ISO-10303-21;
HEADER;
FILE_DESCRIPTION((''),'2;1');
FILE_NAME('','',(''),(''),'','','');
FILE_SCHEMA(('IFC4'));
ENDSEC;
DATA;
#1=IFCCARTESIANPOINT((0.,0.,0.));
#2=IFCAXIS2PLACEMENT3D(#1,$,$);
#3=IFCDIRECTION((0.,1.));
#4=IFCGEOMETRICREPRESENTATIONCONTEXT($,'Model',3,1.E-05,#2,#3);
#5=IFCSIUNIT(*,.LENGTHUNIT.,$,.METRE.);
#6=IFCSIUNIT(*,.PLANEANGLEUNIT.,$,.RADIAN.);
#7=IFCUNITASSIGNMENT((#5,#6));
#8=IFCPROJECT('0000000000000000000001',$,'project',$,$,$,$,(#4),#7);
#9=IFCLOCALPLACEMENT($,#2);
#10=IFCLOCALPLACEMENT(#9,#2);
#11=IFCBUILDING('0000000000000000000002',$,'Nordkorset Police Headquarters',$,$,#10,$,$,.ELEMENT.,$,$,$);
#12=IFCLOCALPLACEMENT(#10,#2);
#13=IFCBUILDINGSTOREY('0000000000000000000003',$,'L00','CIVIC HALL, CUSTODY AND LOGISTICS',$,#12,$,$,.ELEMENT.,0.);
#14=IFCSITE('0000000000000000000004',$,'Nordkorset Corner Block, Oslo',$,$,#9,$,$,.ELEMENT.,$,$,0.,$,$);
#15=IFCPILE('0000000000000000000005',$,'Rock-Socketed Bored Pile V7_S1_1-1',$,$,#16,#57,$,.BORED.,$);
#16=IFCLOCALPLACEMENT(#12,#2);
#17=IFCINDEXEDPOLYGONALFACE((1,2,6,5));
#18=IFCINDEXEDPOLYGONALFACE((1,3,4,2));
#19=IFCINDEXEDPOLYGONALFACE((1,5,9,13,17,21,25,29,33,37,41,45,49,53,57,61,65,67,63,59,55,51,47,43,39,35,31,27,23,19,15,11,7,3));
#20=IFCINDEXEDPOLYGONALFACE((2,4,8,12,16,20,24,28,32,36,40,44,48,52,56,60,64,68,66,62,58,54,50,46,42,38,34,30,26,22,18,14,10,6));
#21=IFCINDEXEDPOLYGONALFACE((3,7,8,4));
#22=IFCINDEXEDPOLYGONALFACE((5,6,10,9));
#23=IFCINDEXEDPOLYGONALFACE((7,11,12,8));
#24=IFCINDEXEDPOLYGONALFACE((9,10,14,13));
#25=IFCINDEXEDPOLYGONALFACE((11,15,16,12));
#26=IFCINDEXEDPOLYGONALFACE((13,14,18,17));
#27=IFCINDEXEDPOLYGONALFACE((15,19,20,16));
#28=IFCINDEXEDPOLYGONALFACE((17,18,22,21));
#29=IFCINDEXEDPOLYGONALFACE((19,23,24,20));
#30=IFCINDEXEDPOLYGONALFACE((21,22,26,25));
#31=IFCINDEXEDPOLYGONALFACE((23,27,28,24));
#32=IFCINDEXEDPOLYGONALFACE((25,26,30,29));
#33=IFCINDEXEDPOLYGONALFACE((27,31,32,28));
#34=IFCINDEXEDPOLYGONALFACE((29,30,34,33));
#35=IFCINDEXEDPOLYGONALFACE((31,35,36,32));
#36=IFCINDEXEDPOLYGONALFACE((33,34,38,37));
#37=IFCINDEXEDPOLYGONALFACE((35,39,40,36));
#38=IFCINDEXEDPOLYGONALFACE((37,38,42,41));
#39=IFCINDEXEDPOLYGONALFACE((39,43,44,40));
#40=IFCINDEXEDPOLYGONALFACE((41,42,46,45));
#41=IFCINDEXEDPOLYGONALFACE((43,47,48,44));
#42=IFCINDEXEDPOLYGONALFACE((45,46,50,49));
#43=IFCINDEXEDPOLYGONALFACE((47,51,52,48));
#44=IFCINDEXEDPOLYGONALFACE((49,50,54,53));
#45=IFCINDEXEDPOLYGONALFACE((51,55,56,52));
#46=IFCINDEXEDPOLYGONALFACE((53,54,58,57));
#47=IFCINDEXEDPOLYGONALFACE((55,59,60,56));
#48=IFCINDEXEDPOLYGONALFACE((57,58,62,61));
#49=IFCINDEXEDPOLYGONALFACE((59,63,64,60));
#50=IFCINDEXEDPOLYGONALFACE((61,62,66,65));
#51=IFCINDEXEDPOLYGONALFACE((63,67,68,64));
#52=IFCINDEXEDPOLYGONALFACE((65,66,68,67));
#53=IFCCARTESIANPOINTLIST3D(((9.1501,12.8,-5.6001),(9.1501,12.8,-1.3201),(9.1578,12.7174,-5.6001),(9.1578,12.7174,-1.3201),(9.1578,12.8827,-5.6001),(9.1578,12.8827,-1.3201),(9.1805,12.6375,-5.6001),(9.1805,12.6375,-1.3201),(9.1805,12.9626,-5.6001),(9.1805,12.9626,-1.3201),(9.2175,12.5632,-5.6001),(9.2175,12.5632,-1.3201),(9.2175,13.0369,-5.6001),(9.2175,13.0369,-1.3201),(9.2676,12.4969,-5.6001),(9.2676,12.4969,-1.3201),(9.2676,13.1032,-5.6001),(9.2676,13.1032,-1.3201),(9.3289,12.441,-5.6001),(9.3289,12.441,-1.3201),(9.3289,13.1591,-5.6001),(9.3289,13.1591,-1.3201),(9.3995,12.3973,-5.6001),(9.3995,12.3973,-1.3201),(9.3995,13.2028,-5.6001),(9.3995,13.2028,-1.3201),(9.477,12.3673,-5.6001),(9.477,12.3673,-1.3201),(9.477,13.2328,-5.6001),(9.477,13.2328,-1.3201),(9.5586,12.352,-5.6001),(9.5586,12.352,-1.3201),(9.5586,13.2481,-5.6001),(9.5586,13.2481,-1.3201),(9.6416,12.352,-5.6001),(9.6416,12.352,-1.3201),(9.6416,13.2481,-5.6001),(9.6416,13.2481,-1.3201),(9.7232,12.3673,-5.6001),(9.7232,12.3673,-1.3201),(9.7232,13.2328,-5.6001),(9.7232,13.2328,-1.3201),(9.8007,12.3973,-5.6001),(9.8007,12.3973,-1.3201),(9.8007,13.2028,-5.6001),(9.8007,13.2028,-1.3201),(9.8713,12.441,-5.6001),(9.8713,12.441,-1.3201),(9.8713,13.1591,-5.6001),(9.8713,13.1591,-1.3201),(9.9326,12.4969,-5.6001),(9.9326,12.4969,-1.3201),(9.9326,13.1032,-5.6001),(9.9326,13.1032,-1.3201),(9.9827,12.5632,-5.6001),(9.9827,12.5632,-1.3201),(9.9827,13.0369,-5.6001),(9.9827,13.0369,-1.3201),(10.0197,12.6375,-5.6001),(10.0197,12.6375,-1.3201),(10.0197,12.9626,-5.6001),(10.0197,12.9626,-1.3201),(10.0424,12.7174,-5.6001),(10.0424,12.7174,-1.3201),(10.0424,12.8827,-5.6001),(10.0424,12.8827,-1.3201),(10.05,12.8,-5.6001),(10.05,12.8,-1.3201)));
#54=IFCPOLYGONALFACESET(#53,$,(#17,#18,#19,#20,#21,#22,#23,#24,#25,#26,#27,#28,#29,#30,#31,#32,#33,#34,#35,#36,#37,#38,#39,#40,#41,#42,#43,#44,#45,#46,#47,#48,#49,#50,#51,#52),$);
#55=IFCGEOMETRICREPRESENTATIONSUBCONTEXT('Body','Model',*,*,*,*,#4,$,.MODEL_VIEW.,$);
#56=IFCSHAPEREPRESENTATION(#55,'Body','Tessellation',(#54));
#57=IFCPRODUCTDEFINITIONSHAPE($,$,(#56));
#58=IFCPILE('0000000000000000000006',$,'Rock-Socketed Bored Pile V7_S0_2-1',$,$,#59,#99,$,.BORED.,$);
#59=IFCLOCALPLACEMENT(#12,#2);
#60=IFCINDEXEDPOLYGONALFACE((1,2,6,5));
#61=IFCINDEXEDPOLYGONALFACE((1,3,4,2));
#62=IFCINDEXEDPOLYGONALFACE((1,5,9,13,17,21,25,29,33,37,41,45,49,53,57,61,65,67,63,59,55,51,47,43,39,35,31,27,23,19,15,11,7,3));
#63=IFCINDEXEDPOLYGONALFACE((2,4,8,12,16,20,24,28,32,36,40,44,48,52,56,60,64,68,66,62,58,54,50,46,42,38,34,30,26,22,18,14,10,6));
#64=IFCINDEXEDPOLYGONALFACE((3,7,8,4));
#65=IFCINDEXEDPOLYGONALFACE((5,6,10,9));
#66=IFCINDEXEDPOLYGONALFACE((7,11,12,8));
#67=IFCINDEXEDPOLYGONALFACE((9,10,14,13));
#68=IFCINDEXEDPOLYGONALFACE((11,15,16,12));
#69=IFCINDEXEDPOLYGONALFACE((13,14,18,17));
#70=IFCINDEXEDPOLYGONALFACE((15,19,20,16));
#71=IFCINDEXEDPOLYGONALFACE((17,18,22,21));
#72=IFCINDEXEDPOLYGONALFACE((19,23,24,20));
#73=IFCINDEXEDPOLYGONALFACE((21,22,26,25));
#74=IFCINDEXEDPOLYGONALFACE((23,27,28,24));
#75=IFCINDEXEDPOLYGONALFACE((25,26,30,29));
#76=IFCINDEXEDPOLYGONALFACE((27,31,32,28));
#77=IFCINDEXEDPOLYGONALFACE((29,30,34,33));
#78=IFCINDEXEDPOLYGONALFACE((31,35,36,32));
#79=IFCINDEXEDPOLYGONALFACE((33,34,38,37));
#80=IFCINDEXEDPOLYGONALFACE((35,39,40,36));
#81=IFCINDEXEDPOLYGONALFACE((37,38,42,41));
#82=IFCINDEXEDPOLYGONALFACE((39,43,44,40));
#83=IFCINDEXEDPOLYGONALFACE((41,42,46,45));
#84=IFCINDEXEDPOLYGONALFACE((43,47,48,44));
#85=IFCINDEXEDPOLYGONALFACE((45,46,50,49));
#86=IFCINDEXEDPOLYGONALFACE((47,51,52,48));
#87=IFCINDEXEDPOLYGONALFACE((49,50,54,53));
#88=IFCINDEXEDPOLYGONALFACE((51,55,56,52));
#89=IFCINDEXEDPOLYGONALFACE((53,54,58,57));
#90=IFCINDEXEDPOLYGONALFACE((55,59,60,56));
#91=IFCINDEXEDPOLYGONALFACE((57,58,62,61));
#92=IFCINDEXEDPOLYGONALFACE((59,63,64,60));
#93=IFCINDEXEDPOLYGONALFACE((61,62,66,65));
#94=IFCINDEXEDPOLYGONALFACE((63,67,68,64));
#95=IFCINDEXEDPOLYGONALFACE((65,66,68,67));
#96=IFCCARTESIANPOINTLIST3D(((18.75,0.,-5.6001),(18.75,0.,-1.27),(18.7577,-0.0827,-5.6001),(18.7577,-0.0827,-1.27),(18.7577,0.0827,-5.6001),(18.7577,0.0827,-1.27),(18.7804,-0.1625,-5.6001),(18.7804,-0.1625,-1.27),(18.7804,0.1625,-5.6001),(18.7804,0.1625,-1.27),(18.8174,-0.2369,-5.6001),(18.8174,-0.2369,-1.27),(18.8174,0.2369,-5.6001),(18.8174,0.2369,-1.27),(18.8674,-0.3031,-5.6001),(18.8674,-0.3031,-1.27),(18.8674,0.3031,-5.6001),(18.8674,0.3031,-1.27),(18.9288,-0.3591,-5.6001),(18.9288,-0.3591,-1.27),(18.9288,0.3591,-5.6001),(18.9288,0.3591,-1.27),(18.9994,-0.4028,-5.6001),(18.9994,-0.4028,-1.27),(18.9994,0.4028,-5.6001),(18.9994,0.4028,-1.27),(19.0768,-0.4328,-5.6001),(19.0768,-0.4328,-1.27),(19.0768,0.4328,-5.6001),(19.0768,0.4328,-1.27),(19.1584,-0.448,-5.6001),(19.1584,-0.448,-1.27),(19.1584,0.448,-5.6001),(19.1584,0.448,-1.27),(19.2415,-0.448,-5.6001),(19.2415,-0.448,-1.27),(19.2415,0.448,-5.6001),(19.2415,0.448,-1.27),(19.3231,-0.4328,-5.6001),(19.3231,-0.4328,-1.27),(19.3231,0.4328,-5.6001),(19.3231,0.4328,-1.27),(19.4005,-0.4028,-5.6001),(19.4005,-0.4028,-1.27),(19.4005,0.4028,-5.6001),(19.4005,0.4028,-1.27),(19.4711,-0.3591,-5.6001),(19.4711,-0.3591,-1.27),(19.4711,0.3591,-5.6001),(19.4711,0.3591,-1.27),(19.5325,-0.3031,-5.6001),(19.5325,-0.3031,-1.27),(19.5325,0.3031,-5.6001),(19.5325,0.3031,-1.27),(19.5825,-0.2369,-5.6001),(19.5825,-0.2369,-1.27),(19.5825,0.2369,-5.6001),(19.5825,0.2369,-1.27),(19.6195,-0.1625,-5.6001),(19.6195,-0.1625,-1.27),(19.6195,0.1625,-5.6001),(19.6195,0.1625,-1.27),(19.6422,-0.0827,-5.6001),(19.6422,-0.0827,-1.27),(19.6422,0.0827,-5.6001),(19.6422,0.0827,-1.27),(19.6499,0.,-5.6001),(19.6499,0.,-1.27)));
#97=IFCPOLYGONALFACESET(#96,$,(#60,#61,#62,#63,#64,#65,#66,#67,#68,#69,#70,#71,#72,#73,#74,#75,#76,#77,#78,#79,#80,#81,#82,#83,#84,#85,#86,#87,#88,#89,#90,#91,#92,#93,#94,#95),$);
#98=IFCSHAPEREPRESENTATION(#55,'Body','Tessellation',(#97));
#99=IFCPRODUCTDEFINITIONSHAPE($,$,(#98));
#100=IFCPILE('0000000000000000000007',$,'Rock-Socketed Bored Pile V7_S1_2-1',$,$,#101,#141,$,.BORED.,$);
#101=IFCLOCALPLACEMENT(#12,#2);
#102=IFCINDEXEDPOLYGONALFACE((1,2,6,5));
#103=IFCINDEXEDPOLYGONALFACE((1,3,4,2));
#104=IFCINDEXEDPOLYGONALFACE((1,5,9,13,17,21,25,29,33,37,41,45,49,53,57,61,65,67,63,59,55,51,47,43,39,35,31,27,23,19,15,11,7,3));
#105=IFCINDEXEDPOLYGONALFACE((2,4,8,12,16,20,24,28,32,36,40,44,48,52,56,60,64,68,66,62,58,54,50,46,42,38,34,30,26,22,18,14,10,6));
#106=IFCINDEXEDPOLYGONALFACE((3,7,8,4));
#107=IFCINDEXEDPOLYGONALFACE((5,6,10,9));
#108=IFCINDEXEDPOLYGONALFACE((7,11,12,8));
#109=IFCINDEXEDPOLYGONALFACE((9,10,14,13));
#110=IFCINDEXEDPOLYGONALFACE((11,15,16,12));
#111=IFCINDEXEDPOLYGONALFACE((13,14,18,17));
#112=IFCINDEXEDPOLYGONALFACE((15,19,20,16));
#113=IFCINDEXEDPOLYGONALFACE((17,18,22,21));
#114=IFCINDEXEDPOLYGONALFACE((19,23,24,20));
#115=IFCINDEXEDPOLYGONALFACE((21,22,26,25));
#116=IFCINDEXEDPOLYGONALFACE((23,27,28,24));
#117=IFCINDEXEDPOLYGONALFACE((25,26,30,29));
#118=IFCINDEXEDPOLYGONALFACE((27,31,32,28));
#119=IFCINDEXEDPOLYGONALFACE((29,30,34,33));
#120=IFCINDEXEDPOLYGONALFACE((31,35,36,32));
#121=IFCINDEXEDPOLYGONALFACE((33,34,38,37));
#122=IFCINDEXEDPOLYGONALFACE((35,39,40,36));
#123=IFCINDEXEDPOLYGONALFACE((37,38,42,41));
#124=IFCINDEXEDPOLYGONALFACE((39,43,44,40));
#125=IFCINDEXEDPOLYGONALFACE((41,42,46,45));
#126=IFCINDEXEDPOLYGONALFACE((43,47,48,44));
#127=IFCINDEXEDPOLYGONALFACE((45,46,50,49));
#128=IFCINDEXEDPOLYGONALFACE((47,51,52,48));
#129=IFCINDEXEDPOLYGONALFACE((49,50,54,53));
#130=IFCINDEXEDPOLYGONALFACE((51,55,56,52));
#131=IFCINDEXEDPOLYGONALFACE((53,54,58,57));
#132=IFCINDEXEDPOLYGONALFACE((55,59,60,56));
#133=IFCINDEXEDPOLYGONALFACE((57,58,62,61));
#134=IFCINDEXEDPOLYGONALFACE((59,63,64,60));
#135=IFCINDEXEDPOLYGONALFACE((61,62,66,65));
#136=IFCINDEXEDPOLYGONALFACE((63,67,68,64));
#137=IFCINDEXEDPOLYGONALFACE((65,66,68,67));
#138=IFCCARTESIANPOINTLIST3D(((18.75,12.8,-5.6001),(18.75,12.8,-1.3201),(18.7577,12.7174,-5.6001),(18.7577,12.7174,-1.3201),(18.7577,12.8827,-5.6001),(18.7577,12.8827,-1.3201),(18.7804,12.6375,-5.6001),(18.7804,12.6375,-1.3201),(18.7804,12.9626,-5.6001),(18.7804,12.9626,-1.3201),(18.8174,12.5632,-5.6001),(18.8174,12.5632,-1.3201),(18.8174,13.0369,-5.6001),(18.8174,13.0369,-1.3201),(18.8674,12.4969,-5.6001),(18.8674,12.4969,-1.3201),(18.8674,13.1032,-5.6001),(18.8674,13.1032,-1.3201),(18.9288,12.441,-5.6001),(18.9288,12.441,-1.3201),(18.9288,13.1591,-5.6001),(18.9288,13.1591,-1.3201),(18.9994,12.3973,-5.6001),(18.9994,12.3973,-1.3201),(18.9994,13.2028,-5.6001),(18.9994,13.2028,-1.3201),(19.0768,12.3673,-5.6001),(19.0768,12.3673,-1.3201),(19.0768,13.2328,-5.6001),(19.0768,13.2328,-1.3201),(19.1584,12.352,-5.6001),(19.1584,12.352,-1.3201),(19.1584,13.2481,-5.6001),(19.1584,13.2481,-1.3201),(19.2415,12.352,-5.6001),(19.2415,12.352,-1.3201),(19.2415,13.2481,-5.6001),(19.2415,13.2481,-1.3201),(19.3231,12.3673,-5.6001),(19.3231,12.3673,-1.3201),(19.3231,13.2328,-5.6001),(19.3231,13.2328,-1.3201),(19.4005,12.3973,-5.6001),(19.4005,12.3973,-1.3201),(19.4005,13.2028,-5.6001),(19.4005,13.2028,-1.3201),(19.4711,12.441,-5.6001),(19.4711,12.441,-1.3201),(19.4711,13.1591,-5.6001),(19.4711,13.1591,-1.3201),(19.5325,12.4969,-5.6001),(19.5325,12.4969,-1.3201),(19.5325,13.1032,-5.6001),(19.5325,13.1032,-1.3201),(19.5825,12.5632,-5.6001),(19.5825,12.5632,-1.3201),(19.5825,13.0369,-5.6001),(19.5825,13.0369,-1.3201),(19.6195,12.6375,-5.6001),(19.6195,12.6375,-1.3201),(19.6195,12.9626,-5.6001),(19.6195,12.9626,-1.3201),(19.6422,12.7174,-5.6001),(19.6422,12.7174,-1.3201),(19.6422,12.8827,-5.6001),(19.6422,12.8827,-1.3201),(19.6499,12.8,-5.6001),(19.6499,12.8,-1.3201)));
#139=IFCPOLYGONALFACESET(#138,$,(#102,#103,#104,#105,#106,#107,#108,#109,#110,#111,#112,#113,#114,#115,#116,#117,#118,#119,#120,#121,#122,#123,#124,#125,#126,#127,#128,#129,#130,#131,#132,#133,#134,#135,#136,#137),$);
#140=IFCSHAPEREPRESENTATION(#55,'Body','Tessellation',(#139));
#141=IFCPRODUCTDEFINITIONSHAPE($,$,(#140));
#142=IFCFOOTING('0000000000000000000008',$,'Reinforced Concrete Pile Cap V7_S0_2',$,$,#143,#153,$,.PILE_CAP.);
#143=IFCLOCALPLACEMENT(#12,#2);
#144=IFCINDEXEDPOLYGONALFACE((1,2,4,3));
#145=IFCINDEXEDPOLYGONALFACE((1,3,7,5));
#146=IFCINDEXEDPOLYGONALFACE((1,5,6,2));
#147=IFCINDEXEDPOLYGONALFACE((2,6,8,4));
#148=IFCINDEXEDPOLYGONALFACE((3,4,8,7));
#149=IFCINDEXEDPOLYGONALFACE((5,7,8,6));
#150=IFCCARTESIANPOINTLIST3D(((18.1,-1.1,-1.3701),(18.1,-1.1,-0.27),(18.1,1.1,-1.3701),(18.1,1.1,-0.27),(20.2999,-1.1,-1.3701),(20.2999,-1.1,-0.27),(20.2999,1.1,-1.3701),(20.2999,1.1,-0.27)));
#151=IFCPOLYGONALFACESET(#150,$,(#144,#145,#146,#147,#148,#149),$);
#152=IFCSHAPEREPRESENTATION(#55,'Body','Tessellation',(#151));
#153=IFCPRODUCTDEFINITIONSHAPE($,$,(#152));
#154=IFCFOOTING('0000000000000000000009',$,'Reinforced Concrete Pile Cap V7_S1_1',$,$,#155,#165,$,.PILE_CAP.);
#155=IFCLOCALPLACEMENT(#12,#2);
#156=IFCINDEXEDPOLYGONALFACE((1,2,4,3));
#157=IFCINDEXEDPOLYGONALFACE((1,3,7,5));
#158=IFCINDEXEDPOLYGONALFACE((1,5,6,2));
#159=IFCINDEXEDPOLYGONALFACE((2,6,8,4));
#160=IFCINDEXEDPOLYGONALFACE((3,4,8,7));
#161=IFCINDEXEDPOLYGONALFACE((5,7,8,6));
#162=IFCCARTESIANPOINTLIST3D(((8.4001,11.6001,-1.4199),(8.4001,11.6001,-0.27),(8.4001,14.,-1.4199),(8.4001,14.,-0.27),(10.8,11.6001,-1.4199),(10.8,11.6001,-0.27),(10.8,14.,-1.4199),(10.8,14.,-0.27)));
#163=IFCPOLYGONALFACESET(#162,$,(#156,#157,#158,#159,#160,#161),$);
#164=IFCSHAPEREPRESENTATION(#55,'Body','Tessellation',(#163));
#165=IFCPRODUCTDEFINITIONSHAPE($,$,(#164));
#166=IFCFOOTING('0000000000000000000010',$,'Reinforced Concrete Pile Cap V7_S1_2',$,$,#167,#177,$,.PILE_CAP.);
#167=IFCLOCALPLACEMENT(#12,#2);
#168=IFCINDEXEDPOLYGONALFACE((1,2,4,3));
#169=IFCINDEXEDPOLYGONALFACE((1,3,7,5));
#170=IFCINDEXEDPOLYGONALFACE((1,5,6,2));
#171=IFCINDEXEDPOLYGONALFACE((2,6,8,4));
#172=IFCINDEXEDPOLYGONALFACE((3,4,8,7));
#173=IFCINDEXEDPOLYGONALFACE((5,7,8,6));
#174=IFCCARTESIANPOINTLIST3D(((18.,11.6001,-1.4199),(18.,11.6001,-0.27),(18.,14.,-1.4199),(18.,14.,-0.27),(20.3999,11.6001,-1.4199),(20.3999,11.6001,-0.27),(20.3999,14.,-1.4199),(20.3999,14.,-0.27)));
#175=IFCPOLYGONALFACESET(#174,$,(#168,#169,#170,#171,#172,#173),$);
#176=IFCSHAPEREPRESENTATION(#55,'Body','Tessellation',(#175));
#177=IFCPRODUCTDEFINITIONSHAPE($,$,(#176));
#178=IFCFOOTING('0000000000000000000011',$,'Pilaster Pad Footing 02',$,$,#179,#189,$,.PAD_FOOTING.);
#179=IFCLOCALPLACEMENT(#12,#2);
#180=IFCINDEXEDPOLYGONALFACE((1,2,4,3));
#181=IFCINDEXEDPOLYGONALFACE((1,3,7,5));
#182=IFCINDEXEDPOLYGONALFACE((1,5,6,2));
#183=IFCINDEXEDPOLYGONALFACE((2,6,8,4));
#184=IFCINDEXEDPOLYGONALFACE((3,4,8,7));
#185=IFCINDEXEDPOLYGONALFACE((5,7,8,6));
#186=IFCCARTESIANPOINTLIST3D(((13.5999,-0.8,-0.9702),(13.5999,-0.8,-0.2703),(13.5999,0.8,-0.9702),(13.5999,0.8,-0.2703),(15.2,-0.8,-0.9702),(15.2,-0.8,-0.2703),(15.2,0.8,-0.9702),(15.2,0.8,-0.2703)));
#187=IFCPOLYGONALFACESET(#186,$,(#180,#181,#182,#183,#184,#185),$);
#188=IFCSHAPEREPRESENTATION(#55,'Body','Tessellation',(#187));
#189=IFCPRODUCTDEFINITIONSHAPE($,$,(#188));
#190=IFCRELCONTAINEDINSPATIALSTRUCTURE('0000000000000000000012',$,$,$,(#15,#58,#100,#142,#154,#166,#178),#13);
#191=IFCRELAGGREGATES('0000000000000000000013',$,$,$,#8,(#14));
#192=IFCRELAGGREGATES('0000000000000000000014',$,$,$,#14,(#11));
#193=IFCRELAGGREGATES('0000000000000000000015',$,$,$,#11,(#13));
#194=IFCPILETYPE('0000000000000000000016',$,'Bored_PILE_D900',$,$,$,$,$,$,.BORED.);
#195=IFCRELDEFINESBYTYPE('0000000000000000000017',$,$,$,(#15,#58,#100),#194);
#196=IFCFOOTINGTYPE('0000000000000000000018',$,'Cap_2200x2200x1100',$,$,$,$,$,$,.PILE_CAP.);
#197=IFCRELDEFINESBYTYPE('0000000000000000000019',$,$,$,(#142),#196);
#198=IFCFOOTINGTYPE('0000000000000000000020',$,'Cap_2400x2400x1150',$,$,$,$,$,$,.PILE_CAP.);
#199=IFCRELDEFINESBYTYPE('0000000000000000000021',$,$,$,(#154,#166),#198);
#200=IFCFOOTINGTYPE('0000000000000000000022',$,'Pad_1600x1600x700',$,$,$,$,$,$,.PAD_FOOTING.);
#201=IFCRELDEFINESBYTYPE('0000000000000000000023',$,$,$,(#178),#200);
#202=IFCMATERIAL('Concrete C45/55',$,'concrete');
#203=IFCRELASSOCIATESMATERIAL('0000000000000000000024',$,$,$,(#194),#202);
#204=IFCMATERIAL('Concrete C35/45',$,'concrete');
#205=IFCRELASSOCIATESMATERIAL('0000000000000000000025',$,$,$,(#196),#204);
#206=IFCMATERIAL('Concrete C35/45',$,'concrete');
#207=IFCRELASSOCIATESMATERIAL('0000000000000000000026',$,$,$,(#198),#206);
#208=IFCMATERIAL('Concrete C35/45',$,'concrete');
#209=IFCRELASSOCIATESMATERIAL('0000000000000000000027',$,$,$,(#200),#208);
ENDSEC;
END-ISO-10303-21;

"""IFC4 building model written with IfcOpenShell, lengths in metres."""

from ifc_helpers import new_model, si_unit, direction, frame, origin, origin_2d, place, context, subcontext, project, spatial, rectangle, circle, extrude, material, material_profile, profile_set, type_object, element, save


model = new_model("IFC4")

# Units and contexts
model_context = context("Model", 3, precision=1e-05, world=origin(), true_north=direction((0.0, 1.0)))
body_context = subcontext(model_context, "Body", "Model", "MODEL_VIEW")
ifc_project = project(units=[si_unit("LENGTHUNIT", "METRE"), si_unit("PLANEANGLEUNIT", "RADIAN")], contexts=[model_context])

# Site, building, storey
site_placement = place(None, origin())
site = spatial("IfcSite", under=ifc_project, at=site_placement, Name="Nordkorset Corner Block, Oslo", CompositionType="ELEMENT", RefElevation=0.0)
building_placement = place(site_placement, origin())
building = spatial("IfcBuilding", under=site, at=building_placement, Name="Nordkorset Police Headquarters", CompositionType="ELEMENT")
storey_placement = place(building_placement, origin())
storey = spatial("IfcBuildingStorey", under=building, at=storey_placement, Name="L00", Description="CIVIC HALL, CUSTODY AND LOGISTICS", CompositionType="ELEMENT", Elevation=0.0)

# Piles
ifc_material_1 = material(Name="Concrete C45/55", Category="concrete")
ifc_material_profile_1 = material_profile(ifc_material_1, circle(Radius=0.45, at=origin_2d()), Name="PILE D900")
ifc_profile_set_1 = profile_set([ifc_material_profile_1], Name="Concrete C45/55")
pile_type = type_object("IfcPileType", Name="Bored_PILE_D900", PredefinedType="BORED", material=ifc_profile_set_1)
pile_1_placement = place(storey_placement, frame((9.6001, 12.8, -1.3201), z_axis=(0.0, 0.0, -1.0), x_axis=(1.0, 0.0, 0.0)))
element("IfcPile", 1, at=pile_1_placement, inside=storey, type_object=pile_type, Name="Rock-Socketed Bored Pile V7_S1_1-1", PredefinedType="BORED", context=body_context, shape_type="SweptSolid", body=[
    extrude(circle(Radius=0.45, at=origin_2d()), origin(), (0.0, 0.0, 1.0), 4.28),
])
pile_2_placement = place(storey_placement, frame((19.2, 0.0, -1.27), z_axis=(0.0, 0.0, -1.0), x_axis=(1.0, 0.0, 0.0)))
element("IfcPile", 2, at=pile_2_placement, inside=storey, type_object=pile_type, Name="Rock-Socketed Bored Pile V7_S0_2-1", PredefinedType="BORED", context=body_context, shape_type="SweptSolid", body=[
    extrude(circle(Radius=0.45, at=origin_2d()), origin(), (0.0, 0.0, 1.0), 4.3301),
])
pile_3_placement = place(storey_placement, frame((19.2, 12.8, -1.3201), z_axis=(0.0, 0.0, -1.0), x_axis=(1.0, 0.0, 0.0)))
element("IfcPile", 3, at=pile_3_placement, inside=storey, type_object=pile_type, Name="Rock-Socketed Bored Pile V7_S1_2-1", PredefinedType="BORED", context=body_context, shape_type="SweptSolid", body=[
    extrude(circle(Radius=0.45, at=origin_2d()), origin(), (0.0, 0.0, 1.0), 4.28),
])

# Footings
ifc_material_2 = material(Name="Concrete C35/45", Category="concrete")
footing_type_1 = type_object("IfcFootingType", Name="Cap_2200x2200x1100", PredefinedType="PILE_CAP", material=ifc_material_2)
footing_1_placement = place(storey_placement, frame((19.2, 0.0, -1.3701), z_axis=(0.0, 0.0, 1.0), x_axis=(1.0, 0.0, 0.0)))
element("IfcFooting", 4, at=footing_1_placement, inside=storey, type_object=footing_type_1, Name="Reinforced Concrete Pile Cap V7_S0_2", PredefinedType="PILE_CAP", context=body_context, shape_type="SweptSolid", body=[
    extrude(rectangle(XDim=2.2, YDim=2.2, at=origin_2d()), origin(), (0.0, 0.0, 1.0), 1.1001),
])
ifc_material_3 = material(Name="Concrete C35/45", Category="concrete")
footing_type_2 = type_object("IfcFootingType", Name="Cap_2400x2400x1150", PredefinedType="PILE_CAP", material=ifc_material_3)
for number, where, z_axis, x_axis, name in (
    (5, (9.6001, 12.8, -1.4199), (0.0, 0.0, 1.0), (1.0, 0.0, 0.0), "Reinforced Concrete Pile Cap V7_S1_1"),
    (6, (19.2, 12.8, -1.4199), (0.0, 0.0, 1.0), (1.0, 0.0, 0.0), "Reinforced Concrete Pile Cap V7_S1_2"),
):
    element("IfcFooting", number, at=place(storey_placement, frame(where, z_axis=z_axis, x_axis=x_axis)), inside=storey, type_object=footing_type_2, Name=name, PredefinedType="PILE_CAP", context=body_context, shape_type="SweptSolid", body=[
        extrude(rectangle(XDim=2.3999, YDim=2.3999, at=origin_2d()), origin(), (0.0, 0.0, 1.0), 1.1499),
    ])
ifc_material_4 = material(Name="Concrete C35/45", Category="concrete")
footing_type_3 = type_object("IfcFootingType", Name="Pad_1600x1600x700", PredefinedType="PAD_FOOTING", material=ifc_material_4)
footing_2_placement = place(storey_placement, frame((14.3999, 0.0, -0.9702), z_axis=(0.0, 0.0, 1.0), x_axis=(1.0, 0.0, 0.0)))
element("IfcFooting", 7, at=footing_2_placement, inside=storey, type_object=footing_type_3, Name="Pilaster Pad Footing 02", PredefinedType="PAD_FOOTING", context=body_context, shape_type="SweptSolid", body=[
    extrude(rectangle(XDim=1.6001, YDim=1.6001, at=origin_2d()), origin(), (0.0, 0.0, 1.0), 0.7),
])

save(model, "model.ifc")
